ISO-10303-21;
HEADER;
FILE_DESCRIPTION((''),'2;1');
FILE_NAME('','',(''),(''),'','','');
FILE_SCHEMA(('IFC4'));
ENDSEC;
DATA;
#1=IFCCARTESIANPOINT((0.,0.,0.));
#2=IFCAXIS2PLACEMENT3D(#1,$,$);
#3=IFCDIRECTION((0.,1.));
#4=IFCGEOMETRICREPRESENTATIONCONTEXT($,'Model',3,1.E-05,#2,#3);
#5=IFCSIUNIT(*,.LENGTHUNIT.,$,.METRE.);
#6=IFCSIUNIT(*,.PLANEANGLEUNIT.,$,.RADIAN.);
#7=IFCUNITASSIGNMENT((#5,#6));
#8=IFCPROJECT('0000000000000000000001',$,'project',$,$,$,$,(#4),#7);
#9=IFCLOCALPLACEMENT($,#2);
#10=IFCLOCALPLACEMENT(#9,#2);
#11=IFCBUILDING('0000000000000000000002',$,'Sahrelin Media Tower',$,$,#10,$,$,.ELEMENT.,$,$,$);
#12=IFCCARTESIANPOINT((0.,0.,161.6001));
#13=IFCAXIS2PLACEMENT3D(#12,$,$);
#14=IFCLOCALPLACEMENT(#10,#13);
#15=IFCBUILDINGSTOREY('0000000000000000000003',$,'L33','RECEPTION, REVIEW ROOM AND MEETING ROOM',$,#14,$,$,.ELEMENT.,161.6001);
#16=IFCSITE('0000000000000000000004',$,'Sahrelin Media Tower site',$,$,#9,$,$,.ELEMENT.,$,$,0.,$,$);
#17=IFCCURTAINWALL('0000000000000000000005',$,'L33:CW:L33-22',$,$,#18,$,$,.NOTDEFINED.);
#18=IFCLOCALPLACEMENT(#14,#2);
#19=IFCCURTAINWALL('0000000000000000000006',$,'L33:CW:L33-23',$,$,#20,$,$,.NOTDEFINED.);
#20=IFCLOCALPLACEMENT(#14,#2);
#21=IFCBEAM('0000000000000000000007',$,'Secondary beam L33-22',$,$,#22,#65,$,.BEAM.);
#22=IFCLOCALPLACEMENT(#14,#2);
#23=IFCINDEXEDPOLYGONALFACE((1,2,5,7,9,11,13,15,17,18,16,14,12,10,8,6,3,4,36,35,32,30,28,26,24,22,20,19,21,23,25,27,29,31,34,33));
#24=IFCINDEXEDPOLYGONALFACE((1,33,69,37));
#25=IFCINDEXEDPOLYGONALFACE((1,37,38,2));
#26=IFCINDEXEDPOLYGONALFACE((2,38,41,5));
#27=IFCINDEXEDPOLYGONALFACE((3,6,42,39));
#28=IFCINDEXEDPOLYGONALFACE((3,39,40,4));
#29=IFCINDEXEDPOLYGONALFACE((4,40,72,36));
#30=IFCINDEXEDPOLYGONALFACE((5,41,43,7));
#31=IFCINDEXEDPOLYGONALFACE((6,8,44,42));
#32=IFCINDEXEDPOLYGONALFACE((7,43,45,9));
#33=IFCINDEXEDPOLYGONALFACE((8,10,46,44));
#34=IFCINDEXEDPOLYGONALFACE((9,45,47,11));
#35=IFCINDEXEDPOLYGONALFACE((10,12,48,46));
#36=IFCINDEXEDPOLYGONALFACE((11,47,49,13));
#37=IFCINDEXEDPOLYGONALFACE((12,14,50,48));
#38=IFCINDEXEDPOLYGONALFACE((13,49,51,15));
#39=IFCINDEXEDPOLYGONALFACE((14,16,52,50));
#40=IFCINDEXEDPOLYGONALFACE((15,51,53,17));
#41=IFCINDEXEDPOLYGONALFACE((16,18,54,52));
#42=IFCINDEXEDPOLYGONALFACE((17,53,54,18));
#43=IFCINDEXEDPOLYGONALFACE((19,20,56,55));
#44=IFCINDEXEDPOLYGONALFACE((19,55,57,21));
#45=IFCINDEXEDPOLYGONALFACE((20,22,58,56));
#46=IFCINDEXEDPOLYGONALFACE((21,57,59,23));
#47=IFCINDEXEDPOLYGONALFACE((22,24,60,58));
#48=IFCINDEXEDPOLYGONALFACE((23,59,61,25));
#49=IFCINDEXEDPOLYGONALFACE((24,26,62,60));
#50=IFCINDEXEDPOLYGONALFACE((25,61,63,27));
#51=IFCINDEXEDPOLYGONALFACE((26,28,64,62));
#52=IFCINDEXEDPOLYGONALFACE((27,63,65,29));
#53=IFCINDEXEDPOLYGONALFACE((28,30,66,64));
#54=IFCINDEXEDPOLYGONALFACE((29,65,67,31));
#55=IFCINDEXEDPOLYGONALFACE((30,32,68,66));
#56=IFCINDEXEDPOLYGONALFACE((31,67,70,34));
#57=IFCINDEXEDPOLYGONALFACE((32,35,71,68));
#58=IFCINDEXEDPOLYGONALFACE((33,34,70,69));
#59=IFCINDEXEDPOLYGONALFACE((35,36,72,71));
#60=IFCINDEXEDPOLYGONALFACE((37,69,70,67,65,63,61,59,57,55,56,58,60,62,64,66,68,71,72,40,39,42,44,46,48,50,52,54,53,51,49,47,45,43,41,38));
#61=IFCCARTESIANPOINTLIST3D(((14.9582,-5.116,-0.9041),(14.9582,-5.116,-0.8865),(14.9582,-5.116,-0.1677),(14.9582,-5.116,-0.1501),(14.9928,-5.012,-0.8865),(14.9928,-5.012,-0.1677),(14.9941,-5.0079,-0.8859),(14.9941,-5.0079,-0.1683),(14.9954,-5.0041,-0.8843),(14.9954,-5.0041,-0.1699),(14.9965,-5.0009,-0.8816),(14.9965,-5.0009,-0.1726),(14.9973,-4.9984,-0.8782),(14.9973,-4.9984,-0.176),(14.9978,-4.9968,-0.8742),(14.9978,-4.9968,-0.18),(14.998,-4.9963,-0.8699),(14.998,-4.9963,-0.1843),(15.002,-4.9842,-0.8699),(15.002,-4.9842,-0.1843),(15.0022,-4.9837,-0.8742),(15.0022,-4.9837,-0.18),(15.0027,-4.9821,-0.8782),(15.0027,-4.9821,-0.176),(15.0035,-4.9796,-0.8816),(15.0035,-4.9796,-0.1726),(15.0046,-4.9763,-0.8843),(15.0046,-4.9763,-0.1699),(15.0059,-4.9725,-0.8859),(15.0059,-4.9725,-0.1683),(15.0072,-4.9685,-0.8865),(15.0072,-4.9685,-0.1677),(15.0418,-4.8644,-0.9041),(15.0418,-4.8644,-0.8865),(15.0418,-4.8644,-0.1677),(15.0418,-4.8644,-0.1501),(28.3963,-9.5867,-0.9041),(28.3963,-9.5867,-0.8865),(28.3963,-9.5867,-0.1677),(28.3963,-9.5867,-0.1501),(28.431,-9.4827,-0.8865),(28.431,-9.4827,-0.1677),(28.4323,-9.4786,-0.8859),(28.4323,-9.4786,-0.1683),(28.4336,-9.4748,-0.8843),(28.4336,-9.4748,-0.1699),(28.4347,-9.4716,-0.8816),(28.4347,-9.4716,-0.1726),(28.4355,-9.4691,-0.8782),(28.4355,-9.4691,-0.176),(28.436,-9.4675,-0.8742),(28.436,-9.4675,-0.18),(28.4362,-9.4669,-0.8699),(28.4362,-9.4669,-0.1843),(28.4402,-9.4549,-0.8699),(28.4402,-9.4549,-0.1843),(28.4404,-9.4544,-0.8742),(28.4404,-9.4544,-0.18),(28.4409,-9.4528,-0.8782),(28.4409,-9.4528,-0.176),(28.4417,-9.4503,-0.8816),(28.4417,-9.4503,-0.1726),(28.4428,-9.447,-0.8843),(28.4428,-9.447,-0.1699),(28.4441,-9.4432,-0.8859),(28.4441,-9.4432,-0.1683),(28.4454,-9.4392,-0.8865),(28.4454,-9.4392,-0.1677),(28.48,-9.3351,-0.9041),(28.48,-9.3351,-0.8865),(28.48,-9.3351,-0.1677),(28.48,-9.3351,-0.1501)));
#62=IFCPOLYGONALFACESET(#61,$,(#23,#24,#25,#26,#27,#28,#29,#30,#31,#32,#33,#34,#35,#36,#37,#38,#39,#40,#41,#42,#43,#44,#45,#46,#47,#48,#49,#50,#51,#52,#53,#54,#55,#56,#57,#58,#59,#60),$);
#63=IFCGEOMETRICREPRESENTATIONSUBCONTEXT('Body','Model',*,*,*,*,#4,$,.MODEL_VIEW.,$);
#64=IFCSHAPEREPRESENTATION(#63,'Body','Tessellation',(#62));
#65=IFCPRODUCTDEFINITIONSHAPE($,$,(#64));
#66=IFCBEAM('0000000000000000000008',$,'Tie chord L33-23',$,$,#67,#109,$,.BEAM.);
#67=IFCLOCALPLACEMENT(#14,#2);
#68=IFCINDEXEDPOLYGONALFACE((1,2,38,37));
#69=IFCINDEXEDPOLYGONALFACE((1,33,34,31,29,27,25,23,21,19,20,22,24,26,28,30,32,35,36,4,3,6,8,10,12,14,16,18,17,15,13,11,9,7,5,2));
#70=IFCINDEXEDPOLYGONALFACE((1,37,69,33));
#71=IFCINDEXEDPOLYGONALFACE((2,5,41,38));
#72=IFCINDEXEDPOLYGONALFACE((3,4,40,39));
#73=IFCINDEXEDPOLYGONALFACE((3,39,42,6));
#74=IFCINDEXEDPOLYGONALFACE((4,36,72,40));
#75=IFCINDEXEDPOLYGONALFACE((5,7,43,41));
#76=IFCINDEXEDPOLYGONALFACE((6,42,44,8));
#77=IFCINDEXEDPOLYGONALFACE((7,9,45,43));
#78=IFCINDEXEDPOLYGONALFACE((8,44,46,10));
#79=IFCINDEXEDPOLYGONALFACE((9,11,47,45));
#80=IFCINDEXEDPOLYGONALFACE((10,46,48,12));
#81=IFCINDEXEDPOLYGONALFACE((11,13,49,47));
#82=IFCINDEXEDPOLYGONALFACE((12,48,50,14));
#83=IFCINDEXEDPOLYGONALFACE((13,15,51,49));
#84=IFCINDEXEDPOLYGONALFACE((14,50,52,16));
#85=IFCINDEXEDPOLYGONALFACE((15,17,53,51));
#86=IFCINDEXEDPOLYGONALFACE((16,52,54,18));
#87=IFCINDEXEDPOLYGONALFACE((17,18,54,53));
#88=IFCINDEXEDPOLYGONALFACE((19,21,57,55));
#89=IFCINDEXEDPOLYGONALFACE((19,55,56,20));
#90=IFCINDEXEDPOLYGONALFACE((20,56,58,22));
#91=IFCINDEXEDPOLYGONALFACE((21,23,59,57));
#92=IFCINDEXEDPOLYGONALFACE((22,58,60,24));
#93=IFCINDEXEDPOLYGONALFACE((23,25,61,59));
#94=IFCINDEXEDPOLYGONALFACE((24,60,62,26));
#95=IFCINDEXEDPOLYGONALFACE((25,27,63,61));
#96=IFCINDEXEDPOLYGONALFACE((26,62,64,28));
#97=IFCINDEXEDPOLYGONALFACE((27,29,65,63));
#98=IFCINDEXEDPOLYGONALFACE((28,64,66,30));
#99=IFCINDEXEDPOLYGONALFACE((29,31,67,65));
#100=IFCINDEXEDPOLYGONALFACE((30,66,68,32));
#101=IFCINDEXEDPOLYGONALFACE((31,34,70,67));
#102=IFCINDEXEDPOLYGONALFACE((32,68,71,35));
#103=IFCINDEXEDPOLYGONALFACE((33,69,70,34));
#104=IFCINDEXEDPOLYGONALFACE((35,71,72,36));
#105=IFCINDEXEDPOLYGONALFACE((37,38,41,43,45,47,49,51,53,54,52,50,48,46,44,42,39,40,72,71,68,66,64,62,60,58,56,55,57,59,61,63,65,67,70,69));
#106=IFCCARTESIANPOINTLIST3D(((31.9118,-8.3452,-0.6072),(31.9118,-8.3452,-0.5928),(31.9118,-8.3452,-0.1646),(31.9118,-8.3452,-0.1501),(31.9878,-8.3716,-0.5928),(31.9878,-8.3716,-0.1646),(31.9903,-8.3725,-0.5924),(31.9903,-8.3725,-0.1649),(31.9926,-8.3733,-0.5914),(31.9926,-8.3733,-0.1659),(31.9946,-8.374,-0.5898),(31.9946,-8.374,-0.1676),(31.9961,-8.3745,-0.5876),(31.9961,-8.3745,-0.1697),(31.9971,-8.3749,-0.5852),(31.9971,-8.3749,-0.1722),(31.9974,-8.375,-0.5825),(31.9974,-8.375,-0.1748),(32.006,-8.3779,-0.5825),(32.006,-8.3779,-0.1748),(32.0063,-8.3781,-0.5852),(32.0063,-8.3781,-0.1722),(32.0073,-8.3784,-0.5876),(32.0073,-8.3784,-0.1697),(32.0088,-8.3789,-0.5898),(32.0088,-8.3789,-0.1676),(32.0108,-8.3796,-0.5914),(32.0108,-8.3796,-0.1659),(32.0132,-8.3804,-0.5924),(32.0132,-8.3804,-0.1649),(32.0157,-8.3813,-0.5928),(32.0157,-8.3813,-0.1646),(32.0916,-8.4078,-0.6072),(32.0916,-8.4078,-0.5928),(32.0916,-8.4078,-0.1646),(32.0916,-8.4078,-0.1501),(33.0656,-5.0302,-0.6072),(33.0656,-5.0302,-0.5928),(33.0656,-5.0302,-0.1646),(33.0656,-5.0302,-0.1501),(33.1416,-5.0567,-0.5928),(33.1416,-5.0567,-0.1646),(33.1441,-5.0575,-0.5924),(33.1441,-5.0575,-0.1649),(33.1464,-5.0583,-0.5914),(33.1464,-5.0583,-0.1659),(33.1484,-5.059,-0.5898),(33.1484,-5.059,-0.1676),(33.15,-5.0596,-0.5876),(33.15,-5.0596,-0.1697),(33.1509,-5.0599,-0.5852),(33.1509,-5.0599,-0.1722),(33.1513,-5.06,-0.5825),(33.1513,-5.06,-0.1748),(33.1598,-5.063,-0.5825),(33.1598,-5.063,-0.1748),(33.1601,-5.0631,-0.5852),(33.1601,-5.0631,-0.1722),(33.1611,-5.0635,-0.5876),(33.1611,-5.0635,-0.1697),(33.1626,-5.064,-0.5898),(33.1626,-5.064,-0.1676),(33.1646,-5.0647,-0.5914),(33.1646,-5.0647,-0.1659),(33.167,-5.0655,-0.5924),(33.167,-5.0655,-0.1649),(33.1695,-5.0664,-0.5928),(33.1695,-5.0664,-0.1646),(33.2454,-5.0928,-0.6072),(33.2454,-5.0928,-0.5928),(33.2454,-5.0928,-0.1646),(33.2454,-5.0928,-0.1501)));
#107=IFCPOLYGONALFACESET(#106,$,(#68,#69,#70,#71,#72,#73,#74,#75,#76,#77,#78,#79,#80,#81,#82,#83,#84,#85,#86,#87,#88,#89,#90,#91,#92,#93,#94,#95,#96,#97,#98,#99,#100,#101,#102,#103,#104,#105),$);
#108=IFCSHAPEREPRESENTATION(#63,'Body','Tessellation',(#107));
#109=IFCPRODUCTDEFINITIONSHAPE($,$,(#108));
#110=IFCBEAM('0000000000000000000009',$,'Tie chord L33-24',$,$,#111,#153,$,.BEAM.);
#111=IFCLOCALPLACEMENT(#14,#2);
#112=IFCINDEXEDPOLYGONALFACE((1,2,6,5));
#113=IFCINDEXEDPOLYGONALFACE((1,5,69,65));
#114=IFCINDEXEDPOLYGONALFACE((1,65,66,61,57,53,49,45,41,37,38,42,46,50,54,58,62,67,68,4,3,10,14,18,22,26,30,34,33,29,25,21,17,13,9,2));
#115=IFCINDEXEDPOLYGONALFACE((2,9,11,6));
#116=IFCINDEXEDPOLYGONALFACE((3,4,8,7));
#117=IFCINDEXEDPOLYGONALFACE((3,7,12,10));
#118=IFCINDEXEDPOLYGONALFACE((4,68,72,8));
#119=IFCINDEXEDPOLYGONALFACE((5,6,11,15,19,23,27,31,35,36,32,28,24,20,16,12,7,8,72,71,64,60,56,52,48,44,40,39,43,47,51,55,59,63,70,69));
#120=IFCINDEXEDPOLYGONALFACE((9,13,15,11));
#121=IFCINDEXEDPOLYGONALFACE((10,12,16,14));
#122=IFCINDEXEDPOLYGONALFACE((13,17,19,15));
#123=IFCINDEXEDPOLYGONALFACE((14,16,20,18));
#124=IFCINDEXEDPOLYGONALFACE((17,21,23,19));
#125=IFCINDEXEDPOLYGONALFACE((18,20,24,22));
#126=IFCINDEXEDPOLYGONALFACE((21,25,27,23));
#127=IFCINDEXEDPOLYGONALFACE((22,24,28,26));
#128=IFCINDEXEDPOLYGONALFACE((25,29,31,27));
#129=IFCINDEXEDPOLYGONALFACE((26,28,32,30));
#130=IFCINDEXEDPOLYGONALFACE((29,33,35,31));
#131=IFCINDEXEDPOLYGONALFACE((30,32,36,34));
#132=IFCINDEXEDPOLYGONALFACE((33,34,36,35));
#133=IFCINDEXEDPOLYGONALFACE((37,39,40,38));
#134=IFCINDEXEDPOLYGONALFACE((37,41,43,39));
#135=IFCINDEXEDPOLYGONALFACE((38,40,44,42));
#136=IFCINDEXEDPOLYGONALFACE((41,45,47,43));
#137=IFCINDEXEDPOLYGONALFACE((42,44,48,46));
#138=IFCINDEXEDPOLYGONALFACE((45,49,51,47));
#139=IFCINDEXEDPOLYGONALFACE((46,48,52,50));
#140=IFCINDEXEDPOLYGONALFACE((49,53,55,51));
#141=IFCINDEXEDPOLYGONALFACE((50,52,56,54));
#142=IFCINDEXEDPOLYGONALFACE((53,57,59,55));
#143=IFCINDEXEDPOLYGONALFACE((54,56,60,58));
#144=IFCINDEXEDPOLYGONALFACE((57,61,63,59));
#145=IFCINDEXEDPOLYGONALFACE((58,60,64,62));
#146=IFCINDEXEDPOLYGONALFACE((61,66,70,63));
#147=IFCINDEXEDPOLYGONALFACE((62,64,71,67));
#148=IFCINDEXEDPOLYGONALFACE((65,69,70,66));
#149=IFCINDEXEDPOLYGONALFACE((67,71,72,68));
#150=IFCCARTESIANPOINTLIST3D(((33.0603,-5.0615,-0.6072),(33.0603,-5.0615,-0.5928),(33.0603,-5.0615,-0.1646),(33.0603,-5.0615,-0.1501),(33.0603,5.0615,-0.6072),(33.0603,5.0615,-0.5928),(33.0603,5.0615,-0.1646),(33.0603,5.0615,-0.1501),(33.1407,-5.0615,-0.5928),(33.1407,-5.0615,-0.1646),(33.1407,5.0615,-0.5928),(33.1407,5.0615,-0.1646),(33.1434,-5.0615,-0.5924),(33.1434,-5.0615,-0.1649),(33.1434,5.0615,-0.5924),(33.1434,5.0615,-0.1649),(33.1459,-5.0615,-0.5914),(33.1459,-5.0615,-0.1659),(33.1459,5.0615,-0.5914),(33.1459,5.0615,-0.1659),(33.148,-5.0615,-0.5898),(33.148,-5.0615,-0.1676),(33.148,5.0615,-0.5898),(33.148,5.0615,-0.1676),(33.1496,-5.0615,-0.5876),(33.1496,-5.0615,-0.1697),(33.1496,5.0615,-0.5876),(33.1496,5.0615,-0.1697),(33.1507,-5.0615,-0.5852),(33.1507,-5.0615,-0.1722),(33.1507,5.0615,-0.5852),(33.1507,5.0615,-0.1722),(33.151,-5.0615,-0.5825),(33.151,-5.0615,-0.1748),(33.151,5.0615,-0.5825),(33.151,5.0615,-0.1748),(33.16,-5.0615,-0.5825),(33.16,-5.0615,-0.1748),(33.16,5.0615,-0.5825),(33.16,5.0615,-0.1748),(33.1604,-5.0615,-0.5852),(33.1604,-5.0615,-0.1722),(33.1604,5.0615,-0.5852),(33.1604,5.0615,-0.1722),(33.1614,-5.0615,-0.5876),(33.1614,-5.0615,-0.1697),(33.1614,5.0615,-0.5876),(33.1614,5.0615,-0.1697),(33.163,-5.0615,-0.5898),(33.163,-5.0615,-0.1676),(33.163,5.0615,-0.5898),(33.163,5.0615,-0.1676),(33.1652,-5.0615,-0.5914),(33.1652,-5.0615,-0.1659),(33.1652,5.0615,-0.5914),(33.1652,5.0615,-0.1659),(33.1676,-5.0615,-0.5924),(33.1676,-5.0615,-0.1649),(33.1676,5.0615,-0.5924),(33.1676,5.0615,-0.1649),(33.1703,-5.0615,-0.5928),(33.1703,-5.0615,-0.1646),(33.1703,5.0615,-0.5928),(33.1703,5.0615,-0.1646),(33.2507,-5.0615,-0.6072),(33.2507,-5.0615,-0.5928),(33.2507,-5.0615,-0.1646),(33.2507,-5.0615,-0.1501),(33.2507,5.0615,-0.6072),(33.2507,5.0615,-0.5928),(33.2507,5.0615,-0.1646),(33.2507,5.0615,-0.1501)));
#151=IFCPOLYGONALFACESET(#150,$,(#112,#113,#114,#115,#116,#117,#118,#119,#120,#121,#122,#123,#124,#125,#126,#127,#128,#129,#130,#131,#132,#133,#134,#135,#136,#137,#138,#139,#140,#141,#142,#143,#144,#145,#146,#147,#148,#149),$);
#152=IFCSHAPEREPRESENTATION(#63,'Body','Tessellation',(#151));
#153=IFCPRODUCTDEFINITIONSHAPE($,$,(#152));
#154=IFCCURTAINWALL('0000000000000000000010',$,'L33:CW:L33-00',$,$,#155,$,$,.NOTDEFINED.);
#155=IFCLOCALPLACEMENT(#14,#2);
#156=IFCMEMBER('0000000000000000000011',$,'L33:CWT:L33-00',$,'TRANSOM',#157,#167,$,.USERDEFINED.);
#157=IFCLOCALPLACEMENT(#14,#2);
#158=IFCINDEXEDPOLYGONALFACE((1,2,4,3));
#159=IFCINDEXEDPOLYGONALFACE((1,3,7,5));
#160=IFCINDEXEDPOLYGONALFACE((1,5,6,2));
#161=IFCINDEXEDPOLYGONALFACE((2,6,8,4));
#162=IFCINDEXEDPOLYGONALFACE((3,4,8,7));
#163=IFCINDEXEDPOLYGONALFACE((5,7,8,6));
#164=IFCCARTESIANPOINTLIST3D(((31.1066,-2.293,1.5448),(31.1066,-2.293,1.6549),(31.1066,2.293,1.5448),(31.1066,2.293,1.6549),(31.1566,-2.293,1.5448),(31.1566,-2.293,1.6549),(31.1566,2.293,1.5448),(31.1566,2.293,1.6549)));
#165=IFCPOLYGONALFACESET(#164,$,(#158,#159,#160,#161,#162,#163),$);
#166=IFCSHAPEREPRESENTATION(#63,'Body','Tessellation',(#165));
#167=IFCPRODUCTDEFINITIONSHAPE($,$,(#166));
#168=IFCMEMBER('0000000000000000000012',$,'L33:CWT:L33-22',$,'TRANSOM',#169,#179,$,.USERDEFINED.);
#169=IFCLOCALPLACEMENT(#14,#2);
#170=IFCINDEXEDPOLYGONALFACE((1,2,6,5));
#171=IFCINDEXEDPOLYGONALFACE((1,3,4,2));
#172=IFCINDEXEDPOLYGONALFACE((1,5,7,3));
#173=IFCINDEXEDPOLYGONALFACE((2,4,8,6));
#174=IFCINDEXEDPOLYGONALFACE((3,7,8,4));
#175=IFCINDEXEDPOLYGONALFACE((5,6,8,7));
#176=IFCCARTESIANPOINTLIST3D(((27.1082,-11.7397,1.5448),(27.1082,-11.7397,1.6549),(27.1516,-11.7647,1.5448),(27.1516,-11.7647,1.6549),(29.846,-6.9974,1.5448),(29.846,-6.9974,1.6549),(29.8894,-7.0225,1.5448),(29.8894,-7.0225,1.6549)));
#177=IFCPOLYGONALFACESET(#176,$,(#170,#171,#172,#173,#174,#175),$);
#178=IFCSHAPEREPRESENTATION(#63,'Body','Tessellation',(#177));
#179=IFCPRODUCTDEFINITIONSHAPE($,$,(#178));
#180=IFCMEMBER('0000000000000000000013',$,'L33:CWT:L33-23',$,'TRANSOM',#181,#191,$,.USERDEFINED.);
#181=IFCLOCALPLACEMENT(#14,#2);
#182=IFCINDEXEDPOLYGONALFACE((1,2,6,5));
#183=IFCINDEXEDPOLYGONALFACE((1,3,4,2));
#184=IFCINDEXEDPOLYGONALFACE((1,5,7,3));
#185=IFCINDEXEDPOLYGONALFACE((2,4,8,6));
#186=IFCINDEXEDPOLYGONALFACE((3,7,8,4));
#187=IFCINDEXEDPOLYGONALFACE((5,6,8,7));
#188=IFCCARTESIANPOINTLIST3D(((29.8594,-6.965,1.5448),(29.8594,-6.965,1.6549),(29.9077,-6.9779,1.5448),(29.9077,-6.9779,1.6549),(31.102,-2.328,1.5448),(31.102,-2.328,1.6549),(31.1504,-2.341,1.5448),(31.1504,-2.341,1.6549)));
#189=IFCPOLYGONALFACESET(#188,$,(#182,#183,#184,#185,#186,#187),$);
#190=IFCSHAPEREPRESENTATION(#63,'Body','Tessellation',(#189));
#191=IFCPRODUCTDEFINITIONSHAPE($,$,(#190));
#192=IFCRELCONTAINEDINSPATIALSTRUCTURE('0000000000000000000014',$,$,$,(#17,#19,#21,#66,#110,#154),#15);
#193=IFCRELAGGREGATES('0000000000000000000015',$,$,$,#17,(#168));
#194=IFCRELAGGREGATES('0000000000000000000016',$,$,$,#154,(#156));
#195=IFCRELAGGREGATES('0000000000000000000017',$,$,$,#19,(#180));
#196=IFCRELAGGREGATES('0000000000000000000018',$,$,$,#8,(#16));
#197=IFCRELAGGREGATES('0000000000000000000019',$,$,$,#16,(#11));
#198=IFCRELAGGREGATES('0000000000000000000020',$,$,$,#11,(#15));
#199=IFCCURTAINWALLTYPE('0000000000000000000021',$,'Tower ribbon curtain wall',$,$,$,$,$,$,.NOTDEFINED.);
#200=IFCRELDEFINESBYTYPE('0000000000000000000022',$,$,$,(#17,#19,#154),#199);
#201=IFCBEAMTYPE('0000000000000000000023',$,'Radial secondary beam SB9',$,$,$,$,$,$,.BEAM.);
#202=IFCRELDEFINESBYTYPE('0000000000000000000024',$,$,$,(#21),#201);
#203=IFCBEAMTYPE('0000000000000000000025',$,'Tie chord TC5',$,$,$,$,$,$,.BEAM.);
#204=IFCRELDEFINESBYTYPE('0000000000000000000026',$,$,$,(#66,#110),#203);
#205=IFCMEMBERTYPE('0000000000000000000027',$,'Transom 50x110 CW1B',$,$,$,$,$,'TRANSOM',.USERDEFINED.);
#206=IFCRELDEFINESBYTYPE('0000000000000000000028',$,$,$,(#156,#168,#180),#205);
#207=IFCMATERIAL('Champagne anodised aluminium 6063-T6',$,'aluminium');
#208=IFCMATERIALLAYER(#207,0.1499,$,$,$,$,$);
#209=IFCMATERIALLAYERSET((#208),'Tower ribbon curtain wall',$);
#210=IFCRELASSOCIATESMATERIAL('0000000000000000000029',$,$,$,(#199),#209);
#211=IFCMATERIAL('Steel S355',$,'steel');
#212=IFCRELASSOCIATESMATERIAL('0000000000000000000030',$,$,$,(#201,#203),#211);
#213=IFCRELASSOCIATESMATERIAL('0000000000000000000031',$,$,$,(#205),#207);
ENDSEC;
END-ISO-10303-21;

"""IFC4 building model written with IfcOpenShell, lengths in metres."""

from ifc_helpers import new_model, si_unit, direction, frame, origin, origin_2d, place, context, subcontext, project, spatial, rectangle, i_section, extrude, material, layer, layer_set, material_profile, profile_set, type_object, element, aggregate, save


model = new_model("IFC4")

# Units and contexts
model_context = context("Model", 3, precision=1e-05, world=origin(), true_north=direction((0.0, 1.0)))
body_context = subcontext(model_context, "Body", "Model", "MODEL_VIEW")
ifc_project = project(units=[si_unit("LENGTHUNIT", "METRE"), si_unit("PLANEANGLEUNIT", "RADIAN")], contexts=[model_context])

# Site, building, storey
site_placement = place(None, origin())
site = spatial("IfcSite", under=ifc_project, at=site_placement, Name="Sahrelin Media Tower site", CompositionType="ELEMENT", RefElevation=0.0)
building_placement = place(site_placement, origin())
building = spatial("IfcBuilding", under=site, at=building_placement, Name="Sahrelin Media Tower", CompositionType="ELEMENT")
storey_placement = place(building_placement, frame((0.0, 0.0, 161.6001)))
storey = spatial("IfcBuildingStorey", under=building, at=storey_placement, Name="L33", Description="RECEPTION, REVIEW ROOM AND MEETING ROOM", CompositionType="ELEMENT", Elevation=161.6001)

# Shared definitions
ifc_material_1 = material(Name="Steel S355", Category="steel")

# Curtain walls
ifc_material_2 = material(Name="Champagne anodised aluminium 6063-T6", Category="aluminium")
ifc_layer_1 = layer(ifc_material_2, 0.1499)
ifc_layer_set_1 = layer_set([ifc_layer_1], Name="Tower ribbon curtain wall")
curtain_wall_type = type_object("IfcCurtainWallType", Name="Tower ribbon curtain wall", PredefinedType="NOTDEFINED", material=ifc_layer_set_1)
curtain_wall_1_placement = place(storey_placement, frame((28.6892, -9.491, 0.0), z_axis=(0.0, 0.0, 1.0), x_axis=(1.0, 0.0, 0.0)))
curtain_wall_1 = element("IfcCurtainWall", 1, at=curtain_wall_1_placement, inside=storey, type_object=curtain_wall_type, Name="L33:CW:L33-22", PredefinedType="NOTDEFINED")
curtain_wall_2_placement = place(storey_placement, frame((30.7173, -4.7097, 0.0), z_axis=(0.0, 0.0, 1.0), x_axis=(1.0, 0.0, 0.0)))
curtain_wall_2 = element("IfcCurtainWall", 2, at=curtain_wall_2_placement, inside=storey, type_object=curtain_wall_type, Name="L33:CW:L33-23", PredefinedType="NOTDEFINED")

# Beams
ifc_material_profile_1 = material_profile(ifc_material_1, i_section(OverallWidth=0.2651, OverallDepth=0.7539, WebThickness=0.0127, FlangeThickness=0.0176, FilletRadius=0.0166, at=origin_2d()), Name="UB 762x267x147")
ifc_profile_set_1 = profile_set([ifc_material_profile_1], Name="Steel S355")
beam_type_1 = type_object("IfcBeamType", Name="Radial secondary beam SB9", PredefinedType="BEAM", material=ifc_profile_set_1)
beam_1_placement = place(storey_placement, frame((15.0, -4.9902, -0.5271), z_axis=(0.948868, -0.315674, 0.0), x_axis=(0.315674, 0.948868, 0.0)))
element("IfcBeam", 3, at=beam_1_placement, inside=storey, type_object=beam_type_1, Name="Secondary beam L33-22", PredefinedType="BEAM", context=body_context, shape_type="SweptSolid", body=[
    extrude(i_section(OverallWidth=0.2651, OverallDepth=0.7539, WebThickness=0.0127, FlangeThickness=0.0176, FilletRadius=0.0166, at=origin_2d()), origin(), (0.0, 0.0, 1.0), 14.1624),
])
ifc_material_profile_2 = material_profile(ifc_material_1, i_section(OverallWidth=0.1904, OverallDepth=0.457, WebThickness=0.009, FlangeThickness=0.0144, FilletRadius=0.0103, at=origin_2d()), Name="UB 457x191x74")
ifc_profile_set_2 = profile_set([ifc_material_profile_2], Name="Steel S355")
beam_type_2 = type_object("IfcBeamType", Name="Tie chord TC5", PredefinedType="BEAM", material=ifc_profile_set_2)
beam_2_placement = place(storey_placement, frame((32.0017, -8.3765, -0.3787), z_axis=(0.32872, 0.944427, 0.0), x_axis=(-0.944427, 0.32872, 0.0)))
element("IfcBeam", 4, at=beam_2_placement, inside=storey, type_object=beam_type_2, Name="Tie chord L33-23", PredefinedType="BEAM", context=body_context, shape_type="SweptSolid", body=[
    extrude(i_section(OverallWidth=0.1904, OverallDepth=0.457, WebThickness=0.009, FlangeThickness=0.0144, FilletRadius=0.0103, at=origin_2d()), origin(), (0.0, 0.0, 1.0), 3.51),
])
beam_3_placement = place(storey_placement, frame((33.1555, -5.0615, -0.3787), z_axis=(0.0, 1.0, 0.0), x_axis=(-1.0, 0.0, 0.0)))
element("IfcBeam", 5, at=beam_3_placement, inside=storey, type_object=beam_type_2, Name="Tie chord L33-24", PredefinedType="BEAM", context=body_context, shape_type="SweptSolid", body=[
    extrude(i_section(OverallWidth=0.1904, OverallDepth=0.457, WebThickness=0.009, FlangeThickness=0.0144, FilletRadius=0.0103, at=origin_2d()), origin(), (0.0, 0.0, 1.0), 10.123),
])

# Curtain wall, member
curtain_wall_3_placement = place(storey_placement, frame((31.3516, 0.0, 0.0), z_axis=(0.0, 0.0, 1.0), x_axis=(1.0, 0.0, 0.0)))
curtain_wall_3 = element("IfcCurtainWall", 6, at=curtain_wall_3_placement, inside=storey, type_object=curtain_wall_type, Name="L33:CW:L33-00", PredefinedType="NOTDEFINED")
ifc_material_profile_3 = material_profile(ifc_material_2, rectangle(XDim=0.05, YDim=0.1101, at=origin_2d()), Name="Transom 50x110")
ifc_profile_set_3 = profile_set([ifc_material_profile_3], Name="Champagne anodised aluminium 6063-T6")
member_type_1 = type_object("IfcMemberType", Name="Transom 50x110 CW1B", ElementType="TRANSOM", PredefinedType="USERDEFINED", material=ifc_profile_set_3)
member_1_placement = place(storey_placement, frame((31.1316, -2.293, 1.5999), z_axis=(0.0, 1.0, 0.0), x_axis=(-1.0, 0.0, 0.0)))
member_1 = element("IfcMember", 7, at=member_1_placement, type_object=member_type_1, Name="L33:CWT:L33-00", ObjectType="TRANSOM", PredefinedType="USERDEFINED", context=body_context, shape_type="SweptSolid", body=[
    extrude(rectangle(XDim=0.05, YDim=0.1101, at=origin_2d()), origin(), (0.0, 0.0, 1.0), 4.5859),
])

# Members
member_2_placement = place(storey_placement, frame((27.1299, -11.7522, 1.5999), z_axis=(0.499985, 0.866034, 0.0), x_axis=(-0.866034, 0.499985, 0.0)))
member_2 = element("IfcMember", 8, at=member_2_placement, type_object=member_type_1, Name="L33:CWT:L33-22", ObjectType="TRANSOM", PredefinedType="USERDEFINED", context=body_context, shape_type="SweptSolid", body=[
    extrude(rectangle(XDim=0.05, YDim=0.1101, at=origin_2d()), origin(), (0.0, 0.0, 1.0), 5.4758),
])
aggregate(curtain_wall_1, [member_2])
member_3_placement = place(storey_placement, frame((29.8835, -6.9714, 1.5999), z_axis=(0.258859, 0.965915, 0.0), x_axis=(-0.965915, 0.258859, 0.0)))
member_3 = element("IfcMember", 9, at=member_3_placement, type_object=member_type_1, Name="L33:CWT:L33-23", ObjectType="TRANSOM", PredefinedType="USERDEFINED", context=body_context, shape_type="SweptSolid", body=[
    extrude(rectangle(XDim=0.05, YDim=0.1101, at=origin_2d()), origin(), (0.0, 0.0, 1.0), 4.8005),
])

aggregate(curtain_wall_3, [member_1])
aggregate(curtain_wall_2, [member_3])

save(model, "model.ifc")
